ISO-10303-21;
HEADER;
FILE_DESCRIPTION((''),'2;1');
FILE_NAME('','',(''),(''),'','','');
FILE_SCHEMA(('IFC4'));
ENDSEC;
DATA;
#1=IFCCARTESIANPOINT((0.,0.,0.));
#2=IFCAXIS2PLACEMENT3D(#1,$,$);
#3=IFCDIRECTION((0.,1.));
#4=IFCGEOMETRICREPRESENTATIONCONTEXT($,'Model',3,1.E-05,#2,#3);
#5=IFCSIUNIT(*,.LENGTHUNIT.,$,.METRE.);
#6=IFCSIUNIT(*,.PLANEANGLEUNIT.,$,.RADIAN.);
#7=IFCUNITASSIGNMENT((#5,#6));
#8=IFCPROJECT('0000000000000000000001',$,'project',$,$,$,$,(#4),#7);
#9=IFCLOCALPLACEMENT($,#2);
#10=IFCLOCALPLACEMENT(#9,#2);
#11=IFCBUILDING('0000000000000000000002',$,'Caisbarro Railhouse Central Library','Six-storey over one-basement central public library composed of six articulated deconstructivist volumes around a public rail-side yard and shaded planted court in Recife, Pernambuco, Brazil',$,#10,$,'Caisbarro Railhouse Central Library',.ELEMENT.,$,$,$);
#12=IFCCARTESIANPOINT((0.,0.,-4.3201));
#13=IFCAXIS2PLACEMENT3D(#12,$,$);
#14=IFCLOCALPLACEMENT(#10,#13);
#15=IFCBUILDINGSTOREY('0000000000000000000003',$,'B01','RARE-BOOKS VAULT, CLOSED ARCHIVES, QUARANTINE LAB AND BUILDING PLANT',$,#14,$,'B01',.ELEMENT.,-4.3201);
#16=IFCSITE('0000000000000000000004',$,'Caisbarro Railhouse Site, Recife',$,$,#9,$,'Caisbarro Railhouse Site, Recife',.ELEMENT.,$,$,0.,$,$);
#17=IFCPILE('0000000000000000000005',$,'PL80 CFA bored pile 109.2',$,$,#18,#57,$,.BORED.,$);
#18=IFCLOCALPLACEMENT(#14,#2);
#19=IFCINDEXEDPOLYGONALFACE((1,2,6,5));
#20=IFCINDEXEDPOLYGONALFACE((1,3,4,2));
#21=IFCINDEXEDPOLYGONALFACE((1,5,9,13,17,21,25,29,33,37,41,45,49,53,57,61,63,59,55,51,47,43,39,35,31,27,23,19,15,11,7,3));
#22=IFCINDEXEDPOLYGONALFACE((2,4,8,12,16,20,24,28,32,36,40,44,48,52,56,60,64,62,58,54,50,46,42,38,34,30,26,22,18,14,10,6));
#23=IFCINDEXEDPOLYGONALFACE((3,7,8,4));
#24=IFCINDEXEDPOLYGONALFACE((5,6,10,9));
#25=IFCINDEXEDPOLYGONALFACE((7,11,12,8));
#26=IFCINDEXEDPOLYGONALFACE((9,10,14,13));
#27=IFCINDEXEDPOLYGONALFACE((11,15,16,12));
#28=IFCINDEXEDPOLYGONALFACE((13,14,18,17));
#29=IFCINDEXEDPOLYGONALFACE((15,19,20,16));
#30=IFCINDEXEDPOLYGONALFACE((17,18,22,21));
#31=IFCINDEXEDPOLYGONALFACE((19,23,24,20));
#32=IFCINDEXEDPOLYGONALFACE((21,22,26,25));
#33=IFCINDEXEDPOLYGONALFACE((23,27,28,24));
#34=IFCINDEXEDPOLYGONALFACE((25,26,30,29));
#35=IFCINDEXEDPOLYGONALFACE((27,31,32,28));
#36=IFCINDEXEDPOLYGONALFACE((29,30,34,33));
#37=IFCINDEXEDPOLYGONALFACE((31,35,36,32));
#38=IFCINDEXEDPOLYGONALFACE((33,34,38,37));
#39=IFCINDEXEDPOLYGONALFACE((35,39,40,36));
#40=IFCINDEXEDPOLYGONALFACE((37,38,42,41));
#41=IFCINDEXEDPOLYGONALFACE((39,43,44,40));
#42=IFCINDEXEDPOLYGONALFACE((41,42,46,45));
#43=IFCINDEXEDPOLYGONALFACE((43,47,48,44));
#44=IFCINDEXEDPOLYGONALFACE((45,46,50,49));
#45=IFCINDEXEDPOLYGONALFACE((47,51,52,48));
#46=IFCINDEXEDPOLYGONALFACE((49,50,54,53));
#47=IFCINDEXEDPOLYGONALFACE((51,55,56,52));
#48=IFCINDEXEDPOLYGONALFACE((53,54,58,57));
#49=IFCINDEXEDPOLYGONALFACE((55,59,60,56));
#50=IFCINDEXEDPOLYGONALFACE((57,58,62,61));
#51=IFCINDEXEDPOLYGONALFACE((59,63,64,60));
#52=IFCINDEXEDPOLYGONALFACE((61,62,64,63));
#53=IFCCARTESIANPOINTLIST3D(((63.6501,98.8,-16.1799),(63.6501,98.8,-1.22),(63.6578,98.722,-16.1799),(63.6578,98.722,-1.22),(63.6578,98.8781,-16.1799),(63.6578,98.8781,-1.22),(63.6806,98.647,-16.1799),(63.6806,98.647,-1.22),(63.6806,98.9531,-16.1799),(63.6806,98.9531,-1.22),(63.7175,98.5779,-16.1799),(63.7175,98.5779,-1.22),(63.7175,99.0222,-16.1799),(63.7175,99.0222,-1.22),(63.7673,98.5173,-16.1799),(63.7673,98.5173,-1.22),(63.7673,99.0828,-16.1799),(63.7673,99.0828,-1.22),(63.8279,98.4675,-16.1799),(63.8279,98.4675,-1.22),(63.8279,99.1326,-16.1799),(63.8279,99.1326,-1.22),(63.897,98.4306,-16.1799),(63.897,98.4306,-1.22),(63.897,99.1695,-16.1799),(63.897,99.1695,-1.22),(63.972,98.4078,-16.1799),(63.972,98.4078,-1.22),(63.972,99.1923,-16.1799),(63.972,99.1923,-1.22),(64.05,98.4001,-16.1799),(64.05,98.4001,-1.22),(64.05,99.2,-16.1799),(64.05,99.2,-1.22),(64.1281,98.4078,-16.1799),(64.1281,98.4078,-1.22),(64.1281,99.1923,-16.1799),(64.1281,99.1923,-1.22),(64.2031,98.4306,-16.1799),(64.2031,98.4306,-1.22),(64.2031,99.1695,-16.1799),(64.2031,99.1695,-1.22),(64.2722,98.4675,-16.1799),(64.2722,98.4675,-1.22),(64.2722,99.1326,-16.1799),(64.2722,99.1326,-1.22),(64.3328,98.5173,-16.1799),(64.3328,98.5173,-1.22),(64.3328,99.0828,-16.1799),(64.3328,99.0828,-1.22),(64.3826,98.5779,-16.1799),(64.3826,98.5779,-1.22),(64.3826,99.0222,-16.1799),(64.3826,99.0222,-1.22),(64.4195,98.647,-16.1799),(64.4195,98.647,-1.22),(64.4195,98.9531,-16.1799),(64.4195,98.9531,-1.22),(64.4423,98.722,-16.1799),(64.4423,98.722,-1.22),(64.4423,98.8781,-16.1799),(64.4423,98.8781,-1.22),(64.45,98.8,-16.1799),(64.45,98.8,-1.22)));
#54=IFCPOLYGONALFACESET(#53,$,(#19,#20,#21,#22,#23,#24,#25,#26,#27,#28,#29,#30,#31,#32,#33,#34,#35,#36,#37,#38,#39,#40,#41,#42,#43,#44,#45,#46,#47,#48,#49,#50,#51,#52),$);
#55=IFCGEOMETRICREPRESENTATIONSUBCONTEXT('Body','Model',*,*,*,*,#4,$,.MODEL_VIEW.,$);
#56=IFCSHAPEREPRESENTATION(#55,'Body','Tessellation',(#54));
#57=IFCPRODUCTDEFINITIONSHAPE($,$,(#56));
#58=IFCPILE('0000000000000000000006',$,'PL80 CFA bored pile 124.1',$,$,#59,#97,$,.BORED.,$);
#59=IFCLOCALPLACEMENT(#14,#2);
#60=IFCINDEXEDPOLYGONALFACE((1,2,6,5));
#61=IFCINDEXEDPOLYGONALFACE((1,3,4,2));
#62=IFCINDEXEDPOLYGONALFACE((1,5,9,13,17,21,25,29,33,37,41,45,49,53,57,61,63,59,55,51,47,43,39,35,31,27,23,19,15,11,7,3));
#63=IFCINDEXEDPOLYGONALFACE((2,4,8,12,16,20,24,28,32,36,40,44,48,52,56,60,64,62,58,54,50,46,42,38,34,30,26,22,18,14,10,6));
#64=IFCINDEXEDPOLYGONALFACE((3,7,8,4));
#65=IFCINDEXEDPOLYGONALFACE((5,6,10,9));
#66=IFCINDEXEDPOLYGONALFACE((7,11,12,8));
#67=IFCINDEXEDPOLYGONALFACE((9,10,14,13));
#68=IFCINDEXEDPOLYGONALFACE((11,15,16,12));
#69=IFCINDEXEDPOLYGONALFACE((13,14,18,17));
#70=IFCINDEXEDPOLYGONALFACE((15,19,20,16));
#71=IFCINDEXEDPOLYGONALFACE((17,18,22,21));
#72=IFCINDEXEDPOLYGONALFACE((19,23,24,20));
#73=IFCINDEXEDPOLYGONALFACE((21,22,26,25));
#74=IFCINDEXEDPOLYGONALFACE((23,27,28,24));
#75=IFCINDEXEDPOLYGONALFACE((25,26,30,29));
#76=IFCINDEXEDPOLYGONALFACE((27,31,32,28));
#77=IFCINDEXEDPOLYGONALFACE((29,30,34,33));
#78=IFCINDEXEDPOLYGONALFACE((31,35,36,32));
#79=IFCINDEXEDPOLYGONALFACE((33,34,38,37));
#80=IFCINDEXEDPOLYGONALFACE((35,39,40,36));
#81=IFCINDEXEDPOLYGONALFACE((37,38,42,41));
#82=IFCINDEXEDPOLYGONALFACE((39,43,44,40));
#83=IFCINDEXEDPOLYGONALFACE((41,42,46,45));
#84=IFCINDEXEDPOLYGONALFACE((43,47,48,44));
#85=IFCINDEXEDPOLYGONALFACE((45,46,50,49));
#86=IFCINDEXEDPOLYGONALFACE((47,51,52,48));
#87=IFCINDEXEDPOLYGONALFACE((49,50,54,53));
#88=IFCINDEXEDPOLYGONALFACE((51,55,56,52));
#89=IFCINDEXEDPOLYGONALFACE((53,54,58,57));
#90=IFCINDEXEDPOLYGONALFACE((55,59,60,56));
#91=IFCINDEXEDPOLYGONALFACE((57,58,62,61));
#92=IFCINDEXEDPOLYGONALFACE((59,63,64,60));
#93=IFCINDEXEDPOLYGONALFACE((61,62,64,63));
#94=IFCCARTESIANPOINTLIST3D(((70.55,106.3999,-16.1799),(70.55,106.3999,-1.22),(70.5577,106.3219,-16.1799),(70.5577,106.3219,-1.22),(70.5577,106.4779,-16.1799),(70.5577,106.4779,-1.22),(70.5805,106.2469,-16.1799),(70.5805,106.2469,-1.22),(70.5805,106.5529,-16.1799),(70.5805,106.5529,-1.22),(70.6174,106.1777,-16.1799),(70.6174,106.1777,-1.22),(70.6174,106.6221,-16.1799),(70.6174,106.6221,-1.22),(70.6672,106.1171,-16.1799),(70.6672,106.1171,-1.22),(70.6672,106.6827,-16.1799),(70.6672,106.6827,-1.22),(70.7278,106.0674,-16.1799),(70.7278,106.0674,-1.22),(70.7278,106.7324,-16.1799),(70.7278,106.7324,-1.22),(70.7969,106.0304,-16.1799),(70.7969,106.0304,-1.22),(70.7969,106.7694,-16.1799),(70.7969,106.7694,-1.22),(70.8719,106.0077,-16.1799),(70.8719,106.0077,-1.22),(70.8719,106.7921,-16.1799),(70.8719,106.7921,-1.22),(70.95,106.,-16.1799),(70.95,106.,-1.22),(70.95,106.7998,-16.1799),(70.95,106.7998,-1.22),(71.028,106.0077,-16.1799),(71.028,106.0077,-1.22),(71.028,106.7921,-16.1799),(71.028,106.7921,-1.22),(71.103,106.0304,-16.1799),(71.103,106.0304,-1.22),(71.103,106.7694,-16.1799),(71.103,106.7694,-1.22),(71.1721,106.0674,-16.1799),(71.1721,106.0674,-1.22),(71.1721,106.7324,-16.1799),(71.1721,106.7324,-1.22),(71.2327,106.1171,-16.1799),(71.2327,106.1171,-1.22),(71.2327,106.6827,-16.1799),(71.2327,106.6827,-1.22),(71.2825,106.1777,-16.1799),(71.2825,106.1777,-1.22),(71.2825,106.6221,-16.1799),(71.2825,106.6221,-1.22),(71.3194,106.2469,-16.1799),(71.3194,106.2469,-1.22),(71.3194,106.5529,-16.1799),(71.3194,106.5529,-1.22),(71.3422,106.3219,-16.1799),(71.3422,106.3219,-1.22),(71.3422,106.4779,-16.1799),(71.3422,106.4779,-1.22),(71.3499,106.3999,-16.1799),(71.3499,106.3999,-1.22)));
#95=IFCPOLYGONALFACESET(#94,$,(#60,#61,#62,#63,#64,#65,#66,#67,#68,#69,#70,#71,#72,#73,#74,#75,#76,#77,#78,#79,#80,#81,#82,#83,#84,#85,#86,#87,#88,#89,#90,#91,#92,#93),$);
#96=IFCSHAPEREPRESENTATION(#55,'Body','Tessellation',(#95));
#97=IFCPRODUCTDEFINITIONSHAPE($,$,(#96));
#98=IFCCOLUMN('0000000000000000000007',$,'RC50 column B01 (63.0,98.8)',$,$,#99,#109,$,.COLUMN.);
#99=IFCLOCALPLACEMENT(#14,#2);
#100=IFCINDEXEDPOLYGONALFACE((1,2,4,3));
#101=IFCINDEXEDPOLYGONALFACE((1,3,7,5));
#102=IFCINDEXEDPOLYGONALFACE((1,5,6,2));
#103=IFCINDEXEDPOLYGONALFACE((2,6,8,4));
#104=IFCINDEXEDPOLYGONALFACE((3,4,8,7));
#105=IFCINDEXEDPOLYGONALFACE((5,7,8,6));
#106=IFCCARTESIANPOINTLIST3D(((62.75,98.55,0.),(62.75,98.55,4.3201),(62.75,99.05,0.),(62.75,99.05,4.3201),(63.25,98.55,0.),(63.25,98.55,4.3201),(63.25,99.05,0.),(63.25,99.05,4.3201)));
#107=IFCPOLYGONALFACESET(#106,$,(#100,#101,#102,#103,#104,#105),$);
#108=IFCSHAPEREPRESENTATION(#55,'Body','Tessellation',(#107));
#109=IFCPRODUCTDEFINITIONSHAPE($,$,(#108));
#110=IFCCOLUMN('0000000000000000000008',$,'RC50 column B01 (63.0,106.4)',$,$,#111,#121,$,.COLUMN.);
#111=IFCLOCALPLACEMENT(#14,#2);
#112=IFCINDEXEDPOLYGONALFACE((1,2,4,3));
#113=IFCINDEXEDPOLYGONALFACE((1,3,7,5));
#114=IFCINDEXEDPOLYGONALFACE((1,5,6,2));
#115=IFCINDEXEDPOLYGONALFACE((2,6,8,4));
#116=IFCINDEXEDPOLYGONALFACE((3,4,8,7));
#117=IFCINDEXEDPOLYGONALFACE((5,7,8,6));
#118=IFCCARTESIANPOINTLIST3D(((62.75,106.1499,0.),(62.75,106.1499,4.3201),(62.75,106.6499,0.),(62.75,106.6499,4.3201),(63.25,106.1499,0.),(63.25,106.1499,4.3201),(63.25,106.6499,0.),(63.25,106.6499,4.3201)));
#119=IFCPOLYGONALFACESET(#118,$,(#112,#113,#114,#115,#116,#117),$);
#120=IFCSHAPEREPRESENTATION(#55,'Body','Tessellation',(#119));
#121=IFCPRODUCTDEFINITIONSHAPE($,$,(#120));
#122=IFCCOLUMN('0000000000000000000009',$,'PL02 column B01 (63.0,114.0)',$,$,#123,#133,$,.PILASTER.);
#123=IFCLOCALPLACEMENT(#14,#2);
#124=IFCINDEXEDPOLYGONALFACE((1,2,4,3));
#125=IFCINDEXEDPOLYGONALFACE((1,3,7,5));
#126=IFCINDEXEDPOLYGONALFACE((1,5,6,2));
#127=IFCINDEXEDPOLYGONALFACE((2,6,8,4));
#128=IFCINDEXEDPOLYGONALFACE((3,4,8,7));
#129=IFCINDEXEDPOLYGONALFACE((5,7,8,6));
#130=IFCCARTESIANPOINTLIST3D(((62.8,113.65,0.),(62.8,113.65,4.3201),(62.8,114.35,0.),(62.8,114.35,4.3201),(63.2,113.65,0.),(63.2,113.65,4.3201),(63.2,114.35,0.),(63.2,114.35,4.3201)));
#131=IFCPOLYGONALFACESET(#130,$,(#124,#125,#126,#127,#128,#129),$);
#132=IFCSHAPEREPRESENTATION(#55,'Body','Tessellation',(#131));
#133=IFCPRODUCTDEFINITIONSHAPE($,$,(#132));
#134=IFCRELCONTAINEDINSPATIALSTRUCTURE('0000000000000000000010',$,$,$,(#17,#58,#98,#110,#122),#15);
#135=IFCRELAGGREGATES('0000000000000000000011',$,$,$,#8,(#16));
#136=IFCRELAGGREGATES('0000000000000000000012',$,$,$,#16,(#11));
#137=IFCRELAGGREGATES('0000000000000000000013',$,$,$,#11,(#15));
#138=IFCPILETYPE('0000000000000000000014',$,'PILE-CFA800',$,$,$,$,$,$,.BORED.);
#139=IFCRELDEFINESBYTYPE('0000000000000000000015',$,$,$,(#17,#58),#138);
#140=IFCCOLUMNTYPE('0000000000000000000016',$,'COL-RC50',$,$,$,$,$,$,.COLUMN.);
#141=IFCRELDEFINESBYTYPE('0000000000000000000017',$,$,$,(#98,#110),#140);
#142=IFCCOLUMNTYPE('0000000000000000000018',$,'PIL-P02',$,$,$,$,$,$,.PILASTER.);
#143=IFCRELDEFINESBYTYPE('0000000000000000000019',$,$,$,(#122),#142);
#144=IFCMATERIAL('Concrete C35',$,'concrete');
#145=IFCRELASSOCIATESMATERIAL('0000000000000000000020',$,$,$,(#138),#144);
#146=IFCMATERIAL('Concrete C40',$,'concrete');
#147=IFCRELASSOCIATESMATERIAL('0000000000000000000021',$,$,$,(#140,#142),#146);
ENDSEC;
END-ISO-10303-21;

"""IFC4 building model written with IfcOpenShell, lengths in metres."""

from ifc_helpers import new_model, si_unit, direction, frame, origin, origin_2d, place, context, subcontext, project, spatial, rectangle, circle, extrude, material, material_profile, profile_set, type_object, element, save


model = new_model("IFC4")

# Units and contexts
model_context = context("Model", 3, precision=1e-05, world=origin(), true_north=direction((0.0, 1.0)))
body_context = subcontext(model_context, "Body", "Model", "MODEL_VIEW")
ifc_project = project(units=[si_unit("LENGTHUNIT", "METRE"), si_unit("PLANEANGLEUNIT", "RADIAN")], contexts=[model_context])

# Site, building, storey
site_placement = place(None, origin())
site = spatial("IfcSite", under=ifc_project, at=site_placement, Name="Caisbarro Railhouse Site, Recife", LongName="Caisbarro Railhouse Site, Recife", CompositionType="ELEMENT", RefElevation=0.0)
building_placement = place(site_placement, origin())
building = spatial("IfcBuilding", under=site, at=building_placement, Name="Caisbarro Railhouse Central Library", Description="Six-storey over one-basement central public library composed of six articulated deconstructivist volumes around a public rail-side yard and shaded planted court in Recife, Pernambuco, Brazil", LongName="Caisbarro Railhouse Central Library", CompositionType="ELEMENT")
storey_placement = place(building_placement, frame((0.0, 0.0, -4.3201)))
storey = spatial("IfcBuildingStorey", under=building, at=storey_placement, Name="B01", Description="RARE-BOOKS VAULT, CLOSED ARCHIVES, QUARANTINE LAB AND BUILDING PLANT", LongName="B01", CompositionType="ELEMENT", Elevation=-4.3201)

# Shared definitions
ifc_material_1 = material(Name="Concrete C35", Category="concrete")
ifc_material_2 = material(Name="Concrete C40", Category="concrete")

# Piles
ifc_material_profile_1 = material_profile(ifc_material_1, circle(Radius=0.3999, at=origin_2d()), Name="PILE-CFA-800")
ifc_profile_set_1 = profile_set([ifc_material_profile_1], Name="Concrete C35")
pile_type_1 = type_object("IfcPileType", Name="PILE-CFA800", PredefinedType="BORED", material=ifc_profile_set_1)
for number, where, z_axis, x_axis, name in (
    (1, (64.05, 98.8, -1.22), (0.0, 0.0, -1.0), (1.0, 0.0, 0.0), "PL80 CFA bored pile 109.2"),
    (2, (70.95, 106.3999, -1.22), (0.0, 0.0, -1.0), (1.0, 0.0, 0.0), "PL80 CFA bored pile 124.1"),
):
    element("IfcPile", number, at=place(storey_placement, frame(where, z_axis=z_axis, x_axis=x_axis)), inside=storey, type_object=pile_type_1, Name=name, PredefinedType="BORED", context=body_context, shape_type="SweptSolid", body=[
        extrude(circle(Radius=0.3999, at=origin_2d()), origin(), (0.0, 0.0, 1.0), 14.96),
    ])

# Columns
ifc_material_profile_2 = material_profile(ifc_material_2, rectangle(XDim=0.5, YDim=0.5, at=origin_2d()), Name="RC-COL-500X500")
ifc_profile_set_2 = profile_set([ifc_material_profile_2], Name="Concrete C40")
column_type_1 = type_object("IfcColumnType", Name="COL-RC50", PredefinedType="COLUMN", material=ifc_profile_set_2)
for number, where, z_axis, x_axis, name in (
    (3, (63.0, 98.8, 0.0), (0.0, 0.0, 1.0), (1.0, 0.0, 0.0), "RC50 column B01 (63.0,98.8)"),
    (4, (63.0, 106.3999, 0.0), (0.0, 0.0, 1.0), (1.0, 0.0, 0.0), "RC50 column B01 (63.0,106.4)"),
):
    element("IfcColumn", number, at=place(storey_placement, frame(where, z_axis=z_axis, x_axis=x_axis)), inside=storey, type_object=column_type_1, Name=name, PredefinedType="COLUMN", context=body_context, shape_type="SweptSolid", body=[
        extrude(rectangle(XDim=0.5, YDim=0.5, at=origin_2d()), origin(), (0.0, 0.0, 1.0), 4.3201),
    ])
ifc_material_profile_3 = material_profile(ifc_material_2, rectangle(XDim=0.3999, YDim=0.7, at=origin_2d()), Name="RC-PIL-400X700")
ifc_profile_set_3 = profile_set([ifc_material_profile_3], Name="Concrete C40")
column_type_2 = type_object("IfcColumnType", Name="PIL-P02", PredefinedType="PILASTER", material=ifc_profile_set_3)
column_placement = place(storey_placement, frame((63.0, 114.0, 0.0), z_axis=(0.0, 0.0, 1.0), x_axis=(1.0, 0.0, 0.0)))
element("IfcColumn", 5, at=column_placement, inside=storey, type_object=column_type_2, Name="PL02 column B01 (63.0,114.0)", PredefinedType="PILASTER", context=body_context, shape_type="SweptSolid", body=[
    extrude(rectangle(XDim=0.3999, YDim=0.7, at=origin_2d()), origin(), (0.0, 0.0, 1.0), 4.3201),
])

save(model, "model.ifc")
